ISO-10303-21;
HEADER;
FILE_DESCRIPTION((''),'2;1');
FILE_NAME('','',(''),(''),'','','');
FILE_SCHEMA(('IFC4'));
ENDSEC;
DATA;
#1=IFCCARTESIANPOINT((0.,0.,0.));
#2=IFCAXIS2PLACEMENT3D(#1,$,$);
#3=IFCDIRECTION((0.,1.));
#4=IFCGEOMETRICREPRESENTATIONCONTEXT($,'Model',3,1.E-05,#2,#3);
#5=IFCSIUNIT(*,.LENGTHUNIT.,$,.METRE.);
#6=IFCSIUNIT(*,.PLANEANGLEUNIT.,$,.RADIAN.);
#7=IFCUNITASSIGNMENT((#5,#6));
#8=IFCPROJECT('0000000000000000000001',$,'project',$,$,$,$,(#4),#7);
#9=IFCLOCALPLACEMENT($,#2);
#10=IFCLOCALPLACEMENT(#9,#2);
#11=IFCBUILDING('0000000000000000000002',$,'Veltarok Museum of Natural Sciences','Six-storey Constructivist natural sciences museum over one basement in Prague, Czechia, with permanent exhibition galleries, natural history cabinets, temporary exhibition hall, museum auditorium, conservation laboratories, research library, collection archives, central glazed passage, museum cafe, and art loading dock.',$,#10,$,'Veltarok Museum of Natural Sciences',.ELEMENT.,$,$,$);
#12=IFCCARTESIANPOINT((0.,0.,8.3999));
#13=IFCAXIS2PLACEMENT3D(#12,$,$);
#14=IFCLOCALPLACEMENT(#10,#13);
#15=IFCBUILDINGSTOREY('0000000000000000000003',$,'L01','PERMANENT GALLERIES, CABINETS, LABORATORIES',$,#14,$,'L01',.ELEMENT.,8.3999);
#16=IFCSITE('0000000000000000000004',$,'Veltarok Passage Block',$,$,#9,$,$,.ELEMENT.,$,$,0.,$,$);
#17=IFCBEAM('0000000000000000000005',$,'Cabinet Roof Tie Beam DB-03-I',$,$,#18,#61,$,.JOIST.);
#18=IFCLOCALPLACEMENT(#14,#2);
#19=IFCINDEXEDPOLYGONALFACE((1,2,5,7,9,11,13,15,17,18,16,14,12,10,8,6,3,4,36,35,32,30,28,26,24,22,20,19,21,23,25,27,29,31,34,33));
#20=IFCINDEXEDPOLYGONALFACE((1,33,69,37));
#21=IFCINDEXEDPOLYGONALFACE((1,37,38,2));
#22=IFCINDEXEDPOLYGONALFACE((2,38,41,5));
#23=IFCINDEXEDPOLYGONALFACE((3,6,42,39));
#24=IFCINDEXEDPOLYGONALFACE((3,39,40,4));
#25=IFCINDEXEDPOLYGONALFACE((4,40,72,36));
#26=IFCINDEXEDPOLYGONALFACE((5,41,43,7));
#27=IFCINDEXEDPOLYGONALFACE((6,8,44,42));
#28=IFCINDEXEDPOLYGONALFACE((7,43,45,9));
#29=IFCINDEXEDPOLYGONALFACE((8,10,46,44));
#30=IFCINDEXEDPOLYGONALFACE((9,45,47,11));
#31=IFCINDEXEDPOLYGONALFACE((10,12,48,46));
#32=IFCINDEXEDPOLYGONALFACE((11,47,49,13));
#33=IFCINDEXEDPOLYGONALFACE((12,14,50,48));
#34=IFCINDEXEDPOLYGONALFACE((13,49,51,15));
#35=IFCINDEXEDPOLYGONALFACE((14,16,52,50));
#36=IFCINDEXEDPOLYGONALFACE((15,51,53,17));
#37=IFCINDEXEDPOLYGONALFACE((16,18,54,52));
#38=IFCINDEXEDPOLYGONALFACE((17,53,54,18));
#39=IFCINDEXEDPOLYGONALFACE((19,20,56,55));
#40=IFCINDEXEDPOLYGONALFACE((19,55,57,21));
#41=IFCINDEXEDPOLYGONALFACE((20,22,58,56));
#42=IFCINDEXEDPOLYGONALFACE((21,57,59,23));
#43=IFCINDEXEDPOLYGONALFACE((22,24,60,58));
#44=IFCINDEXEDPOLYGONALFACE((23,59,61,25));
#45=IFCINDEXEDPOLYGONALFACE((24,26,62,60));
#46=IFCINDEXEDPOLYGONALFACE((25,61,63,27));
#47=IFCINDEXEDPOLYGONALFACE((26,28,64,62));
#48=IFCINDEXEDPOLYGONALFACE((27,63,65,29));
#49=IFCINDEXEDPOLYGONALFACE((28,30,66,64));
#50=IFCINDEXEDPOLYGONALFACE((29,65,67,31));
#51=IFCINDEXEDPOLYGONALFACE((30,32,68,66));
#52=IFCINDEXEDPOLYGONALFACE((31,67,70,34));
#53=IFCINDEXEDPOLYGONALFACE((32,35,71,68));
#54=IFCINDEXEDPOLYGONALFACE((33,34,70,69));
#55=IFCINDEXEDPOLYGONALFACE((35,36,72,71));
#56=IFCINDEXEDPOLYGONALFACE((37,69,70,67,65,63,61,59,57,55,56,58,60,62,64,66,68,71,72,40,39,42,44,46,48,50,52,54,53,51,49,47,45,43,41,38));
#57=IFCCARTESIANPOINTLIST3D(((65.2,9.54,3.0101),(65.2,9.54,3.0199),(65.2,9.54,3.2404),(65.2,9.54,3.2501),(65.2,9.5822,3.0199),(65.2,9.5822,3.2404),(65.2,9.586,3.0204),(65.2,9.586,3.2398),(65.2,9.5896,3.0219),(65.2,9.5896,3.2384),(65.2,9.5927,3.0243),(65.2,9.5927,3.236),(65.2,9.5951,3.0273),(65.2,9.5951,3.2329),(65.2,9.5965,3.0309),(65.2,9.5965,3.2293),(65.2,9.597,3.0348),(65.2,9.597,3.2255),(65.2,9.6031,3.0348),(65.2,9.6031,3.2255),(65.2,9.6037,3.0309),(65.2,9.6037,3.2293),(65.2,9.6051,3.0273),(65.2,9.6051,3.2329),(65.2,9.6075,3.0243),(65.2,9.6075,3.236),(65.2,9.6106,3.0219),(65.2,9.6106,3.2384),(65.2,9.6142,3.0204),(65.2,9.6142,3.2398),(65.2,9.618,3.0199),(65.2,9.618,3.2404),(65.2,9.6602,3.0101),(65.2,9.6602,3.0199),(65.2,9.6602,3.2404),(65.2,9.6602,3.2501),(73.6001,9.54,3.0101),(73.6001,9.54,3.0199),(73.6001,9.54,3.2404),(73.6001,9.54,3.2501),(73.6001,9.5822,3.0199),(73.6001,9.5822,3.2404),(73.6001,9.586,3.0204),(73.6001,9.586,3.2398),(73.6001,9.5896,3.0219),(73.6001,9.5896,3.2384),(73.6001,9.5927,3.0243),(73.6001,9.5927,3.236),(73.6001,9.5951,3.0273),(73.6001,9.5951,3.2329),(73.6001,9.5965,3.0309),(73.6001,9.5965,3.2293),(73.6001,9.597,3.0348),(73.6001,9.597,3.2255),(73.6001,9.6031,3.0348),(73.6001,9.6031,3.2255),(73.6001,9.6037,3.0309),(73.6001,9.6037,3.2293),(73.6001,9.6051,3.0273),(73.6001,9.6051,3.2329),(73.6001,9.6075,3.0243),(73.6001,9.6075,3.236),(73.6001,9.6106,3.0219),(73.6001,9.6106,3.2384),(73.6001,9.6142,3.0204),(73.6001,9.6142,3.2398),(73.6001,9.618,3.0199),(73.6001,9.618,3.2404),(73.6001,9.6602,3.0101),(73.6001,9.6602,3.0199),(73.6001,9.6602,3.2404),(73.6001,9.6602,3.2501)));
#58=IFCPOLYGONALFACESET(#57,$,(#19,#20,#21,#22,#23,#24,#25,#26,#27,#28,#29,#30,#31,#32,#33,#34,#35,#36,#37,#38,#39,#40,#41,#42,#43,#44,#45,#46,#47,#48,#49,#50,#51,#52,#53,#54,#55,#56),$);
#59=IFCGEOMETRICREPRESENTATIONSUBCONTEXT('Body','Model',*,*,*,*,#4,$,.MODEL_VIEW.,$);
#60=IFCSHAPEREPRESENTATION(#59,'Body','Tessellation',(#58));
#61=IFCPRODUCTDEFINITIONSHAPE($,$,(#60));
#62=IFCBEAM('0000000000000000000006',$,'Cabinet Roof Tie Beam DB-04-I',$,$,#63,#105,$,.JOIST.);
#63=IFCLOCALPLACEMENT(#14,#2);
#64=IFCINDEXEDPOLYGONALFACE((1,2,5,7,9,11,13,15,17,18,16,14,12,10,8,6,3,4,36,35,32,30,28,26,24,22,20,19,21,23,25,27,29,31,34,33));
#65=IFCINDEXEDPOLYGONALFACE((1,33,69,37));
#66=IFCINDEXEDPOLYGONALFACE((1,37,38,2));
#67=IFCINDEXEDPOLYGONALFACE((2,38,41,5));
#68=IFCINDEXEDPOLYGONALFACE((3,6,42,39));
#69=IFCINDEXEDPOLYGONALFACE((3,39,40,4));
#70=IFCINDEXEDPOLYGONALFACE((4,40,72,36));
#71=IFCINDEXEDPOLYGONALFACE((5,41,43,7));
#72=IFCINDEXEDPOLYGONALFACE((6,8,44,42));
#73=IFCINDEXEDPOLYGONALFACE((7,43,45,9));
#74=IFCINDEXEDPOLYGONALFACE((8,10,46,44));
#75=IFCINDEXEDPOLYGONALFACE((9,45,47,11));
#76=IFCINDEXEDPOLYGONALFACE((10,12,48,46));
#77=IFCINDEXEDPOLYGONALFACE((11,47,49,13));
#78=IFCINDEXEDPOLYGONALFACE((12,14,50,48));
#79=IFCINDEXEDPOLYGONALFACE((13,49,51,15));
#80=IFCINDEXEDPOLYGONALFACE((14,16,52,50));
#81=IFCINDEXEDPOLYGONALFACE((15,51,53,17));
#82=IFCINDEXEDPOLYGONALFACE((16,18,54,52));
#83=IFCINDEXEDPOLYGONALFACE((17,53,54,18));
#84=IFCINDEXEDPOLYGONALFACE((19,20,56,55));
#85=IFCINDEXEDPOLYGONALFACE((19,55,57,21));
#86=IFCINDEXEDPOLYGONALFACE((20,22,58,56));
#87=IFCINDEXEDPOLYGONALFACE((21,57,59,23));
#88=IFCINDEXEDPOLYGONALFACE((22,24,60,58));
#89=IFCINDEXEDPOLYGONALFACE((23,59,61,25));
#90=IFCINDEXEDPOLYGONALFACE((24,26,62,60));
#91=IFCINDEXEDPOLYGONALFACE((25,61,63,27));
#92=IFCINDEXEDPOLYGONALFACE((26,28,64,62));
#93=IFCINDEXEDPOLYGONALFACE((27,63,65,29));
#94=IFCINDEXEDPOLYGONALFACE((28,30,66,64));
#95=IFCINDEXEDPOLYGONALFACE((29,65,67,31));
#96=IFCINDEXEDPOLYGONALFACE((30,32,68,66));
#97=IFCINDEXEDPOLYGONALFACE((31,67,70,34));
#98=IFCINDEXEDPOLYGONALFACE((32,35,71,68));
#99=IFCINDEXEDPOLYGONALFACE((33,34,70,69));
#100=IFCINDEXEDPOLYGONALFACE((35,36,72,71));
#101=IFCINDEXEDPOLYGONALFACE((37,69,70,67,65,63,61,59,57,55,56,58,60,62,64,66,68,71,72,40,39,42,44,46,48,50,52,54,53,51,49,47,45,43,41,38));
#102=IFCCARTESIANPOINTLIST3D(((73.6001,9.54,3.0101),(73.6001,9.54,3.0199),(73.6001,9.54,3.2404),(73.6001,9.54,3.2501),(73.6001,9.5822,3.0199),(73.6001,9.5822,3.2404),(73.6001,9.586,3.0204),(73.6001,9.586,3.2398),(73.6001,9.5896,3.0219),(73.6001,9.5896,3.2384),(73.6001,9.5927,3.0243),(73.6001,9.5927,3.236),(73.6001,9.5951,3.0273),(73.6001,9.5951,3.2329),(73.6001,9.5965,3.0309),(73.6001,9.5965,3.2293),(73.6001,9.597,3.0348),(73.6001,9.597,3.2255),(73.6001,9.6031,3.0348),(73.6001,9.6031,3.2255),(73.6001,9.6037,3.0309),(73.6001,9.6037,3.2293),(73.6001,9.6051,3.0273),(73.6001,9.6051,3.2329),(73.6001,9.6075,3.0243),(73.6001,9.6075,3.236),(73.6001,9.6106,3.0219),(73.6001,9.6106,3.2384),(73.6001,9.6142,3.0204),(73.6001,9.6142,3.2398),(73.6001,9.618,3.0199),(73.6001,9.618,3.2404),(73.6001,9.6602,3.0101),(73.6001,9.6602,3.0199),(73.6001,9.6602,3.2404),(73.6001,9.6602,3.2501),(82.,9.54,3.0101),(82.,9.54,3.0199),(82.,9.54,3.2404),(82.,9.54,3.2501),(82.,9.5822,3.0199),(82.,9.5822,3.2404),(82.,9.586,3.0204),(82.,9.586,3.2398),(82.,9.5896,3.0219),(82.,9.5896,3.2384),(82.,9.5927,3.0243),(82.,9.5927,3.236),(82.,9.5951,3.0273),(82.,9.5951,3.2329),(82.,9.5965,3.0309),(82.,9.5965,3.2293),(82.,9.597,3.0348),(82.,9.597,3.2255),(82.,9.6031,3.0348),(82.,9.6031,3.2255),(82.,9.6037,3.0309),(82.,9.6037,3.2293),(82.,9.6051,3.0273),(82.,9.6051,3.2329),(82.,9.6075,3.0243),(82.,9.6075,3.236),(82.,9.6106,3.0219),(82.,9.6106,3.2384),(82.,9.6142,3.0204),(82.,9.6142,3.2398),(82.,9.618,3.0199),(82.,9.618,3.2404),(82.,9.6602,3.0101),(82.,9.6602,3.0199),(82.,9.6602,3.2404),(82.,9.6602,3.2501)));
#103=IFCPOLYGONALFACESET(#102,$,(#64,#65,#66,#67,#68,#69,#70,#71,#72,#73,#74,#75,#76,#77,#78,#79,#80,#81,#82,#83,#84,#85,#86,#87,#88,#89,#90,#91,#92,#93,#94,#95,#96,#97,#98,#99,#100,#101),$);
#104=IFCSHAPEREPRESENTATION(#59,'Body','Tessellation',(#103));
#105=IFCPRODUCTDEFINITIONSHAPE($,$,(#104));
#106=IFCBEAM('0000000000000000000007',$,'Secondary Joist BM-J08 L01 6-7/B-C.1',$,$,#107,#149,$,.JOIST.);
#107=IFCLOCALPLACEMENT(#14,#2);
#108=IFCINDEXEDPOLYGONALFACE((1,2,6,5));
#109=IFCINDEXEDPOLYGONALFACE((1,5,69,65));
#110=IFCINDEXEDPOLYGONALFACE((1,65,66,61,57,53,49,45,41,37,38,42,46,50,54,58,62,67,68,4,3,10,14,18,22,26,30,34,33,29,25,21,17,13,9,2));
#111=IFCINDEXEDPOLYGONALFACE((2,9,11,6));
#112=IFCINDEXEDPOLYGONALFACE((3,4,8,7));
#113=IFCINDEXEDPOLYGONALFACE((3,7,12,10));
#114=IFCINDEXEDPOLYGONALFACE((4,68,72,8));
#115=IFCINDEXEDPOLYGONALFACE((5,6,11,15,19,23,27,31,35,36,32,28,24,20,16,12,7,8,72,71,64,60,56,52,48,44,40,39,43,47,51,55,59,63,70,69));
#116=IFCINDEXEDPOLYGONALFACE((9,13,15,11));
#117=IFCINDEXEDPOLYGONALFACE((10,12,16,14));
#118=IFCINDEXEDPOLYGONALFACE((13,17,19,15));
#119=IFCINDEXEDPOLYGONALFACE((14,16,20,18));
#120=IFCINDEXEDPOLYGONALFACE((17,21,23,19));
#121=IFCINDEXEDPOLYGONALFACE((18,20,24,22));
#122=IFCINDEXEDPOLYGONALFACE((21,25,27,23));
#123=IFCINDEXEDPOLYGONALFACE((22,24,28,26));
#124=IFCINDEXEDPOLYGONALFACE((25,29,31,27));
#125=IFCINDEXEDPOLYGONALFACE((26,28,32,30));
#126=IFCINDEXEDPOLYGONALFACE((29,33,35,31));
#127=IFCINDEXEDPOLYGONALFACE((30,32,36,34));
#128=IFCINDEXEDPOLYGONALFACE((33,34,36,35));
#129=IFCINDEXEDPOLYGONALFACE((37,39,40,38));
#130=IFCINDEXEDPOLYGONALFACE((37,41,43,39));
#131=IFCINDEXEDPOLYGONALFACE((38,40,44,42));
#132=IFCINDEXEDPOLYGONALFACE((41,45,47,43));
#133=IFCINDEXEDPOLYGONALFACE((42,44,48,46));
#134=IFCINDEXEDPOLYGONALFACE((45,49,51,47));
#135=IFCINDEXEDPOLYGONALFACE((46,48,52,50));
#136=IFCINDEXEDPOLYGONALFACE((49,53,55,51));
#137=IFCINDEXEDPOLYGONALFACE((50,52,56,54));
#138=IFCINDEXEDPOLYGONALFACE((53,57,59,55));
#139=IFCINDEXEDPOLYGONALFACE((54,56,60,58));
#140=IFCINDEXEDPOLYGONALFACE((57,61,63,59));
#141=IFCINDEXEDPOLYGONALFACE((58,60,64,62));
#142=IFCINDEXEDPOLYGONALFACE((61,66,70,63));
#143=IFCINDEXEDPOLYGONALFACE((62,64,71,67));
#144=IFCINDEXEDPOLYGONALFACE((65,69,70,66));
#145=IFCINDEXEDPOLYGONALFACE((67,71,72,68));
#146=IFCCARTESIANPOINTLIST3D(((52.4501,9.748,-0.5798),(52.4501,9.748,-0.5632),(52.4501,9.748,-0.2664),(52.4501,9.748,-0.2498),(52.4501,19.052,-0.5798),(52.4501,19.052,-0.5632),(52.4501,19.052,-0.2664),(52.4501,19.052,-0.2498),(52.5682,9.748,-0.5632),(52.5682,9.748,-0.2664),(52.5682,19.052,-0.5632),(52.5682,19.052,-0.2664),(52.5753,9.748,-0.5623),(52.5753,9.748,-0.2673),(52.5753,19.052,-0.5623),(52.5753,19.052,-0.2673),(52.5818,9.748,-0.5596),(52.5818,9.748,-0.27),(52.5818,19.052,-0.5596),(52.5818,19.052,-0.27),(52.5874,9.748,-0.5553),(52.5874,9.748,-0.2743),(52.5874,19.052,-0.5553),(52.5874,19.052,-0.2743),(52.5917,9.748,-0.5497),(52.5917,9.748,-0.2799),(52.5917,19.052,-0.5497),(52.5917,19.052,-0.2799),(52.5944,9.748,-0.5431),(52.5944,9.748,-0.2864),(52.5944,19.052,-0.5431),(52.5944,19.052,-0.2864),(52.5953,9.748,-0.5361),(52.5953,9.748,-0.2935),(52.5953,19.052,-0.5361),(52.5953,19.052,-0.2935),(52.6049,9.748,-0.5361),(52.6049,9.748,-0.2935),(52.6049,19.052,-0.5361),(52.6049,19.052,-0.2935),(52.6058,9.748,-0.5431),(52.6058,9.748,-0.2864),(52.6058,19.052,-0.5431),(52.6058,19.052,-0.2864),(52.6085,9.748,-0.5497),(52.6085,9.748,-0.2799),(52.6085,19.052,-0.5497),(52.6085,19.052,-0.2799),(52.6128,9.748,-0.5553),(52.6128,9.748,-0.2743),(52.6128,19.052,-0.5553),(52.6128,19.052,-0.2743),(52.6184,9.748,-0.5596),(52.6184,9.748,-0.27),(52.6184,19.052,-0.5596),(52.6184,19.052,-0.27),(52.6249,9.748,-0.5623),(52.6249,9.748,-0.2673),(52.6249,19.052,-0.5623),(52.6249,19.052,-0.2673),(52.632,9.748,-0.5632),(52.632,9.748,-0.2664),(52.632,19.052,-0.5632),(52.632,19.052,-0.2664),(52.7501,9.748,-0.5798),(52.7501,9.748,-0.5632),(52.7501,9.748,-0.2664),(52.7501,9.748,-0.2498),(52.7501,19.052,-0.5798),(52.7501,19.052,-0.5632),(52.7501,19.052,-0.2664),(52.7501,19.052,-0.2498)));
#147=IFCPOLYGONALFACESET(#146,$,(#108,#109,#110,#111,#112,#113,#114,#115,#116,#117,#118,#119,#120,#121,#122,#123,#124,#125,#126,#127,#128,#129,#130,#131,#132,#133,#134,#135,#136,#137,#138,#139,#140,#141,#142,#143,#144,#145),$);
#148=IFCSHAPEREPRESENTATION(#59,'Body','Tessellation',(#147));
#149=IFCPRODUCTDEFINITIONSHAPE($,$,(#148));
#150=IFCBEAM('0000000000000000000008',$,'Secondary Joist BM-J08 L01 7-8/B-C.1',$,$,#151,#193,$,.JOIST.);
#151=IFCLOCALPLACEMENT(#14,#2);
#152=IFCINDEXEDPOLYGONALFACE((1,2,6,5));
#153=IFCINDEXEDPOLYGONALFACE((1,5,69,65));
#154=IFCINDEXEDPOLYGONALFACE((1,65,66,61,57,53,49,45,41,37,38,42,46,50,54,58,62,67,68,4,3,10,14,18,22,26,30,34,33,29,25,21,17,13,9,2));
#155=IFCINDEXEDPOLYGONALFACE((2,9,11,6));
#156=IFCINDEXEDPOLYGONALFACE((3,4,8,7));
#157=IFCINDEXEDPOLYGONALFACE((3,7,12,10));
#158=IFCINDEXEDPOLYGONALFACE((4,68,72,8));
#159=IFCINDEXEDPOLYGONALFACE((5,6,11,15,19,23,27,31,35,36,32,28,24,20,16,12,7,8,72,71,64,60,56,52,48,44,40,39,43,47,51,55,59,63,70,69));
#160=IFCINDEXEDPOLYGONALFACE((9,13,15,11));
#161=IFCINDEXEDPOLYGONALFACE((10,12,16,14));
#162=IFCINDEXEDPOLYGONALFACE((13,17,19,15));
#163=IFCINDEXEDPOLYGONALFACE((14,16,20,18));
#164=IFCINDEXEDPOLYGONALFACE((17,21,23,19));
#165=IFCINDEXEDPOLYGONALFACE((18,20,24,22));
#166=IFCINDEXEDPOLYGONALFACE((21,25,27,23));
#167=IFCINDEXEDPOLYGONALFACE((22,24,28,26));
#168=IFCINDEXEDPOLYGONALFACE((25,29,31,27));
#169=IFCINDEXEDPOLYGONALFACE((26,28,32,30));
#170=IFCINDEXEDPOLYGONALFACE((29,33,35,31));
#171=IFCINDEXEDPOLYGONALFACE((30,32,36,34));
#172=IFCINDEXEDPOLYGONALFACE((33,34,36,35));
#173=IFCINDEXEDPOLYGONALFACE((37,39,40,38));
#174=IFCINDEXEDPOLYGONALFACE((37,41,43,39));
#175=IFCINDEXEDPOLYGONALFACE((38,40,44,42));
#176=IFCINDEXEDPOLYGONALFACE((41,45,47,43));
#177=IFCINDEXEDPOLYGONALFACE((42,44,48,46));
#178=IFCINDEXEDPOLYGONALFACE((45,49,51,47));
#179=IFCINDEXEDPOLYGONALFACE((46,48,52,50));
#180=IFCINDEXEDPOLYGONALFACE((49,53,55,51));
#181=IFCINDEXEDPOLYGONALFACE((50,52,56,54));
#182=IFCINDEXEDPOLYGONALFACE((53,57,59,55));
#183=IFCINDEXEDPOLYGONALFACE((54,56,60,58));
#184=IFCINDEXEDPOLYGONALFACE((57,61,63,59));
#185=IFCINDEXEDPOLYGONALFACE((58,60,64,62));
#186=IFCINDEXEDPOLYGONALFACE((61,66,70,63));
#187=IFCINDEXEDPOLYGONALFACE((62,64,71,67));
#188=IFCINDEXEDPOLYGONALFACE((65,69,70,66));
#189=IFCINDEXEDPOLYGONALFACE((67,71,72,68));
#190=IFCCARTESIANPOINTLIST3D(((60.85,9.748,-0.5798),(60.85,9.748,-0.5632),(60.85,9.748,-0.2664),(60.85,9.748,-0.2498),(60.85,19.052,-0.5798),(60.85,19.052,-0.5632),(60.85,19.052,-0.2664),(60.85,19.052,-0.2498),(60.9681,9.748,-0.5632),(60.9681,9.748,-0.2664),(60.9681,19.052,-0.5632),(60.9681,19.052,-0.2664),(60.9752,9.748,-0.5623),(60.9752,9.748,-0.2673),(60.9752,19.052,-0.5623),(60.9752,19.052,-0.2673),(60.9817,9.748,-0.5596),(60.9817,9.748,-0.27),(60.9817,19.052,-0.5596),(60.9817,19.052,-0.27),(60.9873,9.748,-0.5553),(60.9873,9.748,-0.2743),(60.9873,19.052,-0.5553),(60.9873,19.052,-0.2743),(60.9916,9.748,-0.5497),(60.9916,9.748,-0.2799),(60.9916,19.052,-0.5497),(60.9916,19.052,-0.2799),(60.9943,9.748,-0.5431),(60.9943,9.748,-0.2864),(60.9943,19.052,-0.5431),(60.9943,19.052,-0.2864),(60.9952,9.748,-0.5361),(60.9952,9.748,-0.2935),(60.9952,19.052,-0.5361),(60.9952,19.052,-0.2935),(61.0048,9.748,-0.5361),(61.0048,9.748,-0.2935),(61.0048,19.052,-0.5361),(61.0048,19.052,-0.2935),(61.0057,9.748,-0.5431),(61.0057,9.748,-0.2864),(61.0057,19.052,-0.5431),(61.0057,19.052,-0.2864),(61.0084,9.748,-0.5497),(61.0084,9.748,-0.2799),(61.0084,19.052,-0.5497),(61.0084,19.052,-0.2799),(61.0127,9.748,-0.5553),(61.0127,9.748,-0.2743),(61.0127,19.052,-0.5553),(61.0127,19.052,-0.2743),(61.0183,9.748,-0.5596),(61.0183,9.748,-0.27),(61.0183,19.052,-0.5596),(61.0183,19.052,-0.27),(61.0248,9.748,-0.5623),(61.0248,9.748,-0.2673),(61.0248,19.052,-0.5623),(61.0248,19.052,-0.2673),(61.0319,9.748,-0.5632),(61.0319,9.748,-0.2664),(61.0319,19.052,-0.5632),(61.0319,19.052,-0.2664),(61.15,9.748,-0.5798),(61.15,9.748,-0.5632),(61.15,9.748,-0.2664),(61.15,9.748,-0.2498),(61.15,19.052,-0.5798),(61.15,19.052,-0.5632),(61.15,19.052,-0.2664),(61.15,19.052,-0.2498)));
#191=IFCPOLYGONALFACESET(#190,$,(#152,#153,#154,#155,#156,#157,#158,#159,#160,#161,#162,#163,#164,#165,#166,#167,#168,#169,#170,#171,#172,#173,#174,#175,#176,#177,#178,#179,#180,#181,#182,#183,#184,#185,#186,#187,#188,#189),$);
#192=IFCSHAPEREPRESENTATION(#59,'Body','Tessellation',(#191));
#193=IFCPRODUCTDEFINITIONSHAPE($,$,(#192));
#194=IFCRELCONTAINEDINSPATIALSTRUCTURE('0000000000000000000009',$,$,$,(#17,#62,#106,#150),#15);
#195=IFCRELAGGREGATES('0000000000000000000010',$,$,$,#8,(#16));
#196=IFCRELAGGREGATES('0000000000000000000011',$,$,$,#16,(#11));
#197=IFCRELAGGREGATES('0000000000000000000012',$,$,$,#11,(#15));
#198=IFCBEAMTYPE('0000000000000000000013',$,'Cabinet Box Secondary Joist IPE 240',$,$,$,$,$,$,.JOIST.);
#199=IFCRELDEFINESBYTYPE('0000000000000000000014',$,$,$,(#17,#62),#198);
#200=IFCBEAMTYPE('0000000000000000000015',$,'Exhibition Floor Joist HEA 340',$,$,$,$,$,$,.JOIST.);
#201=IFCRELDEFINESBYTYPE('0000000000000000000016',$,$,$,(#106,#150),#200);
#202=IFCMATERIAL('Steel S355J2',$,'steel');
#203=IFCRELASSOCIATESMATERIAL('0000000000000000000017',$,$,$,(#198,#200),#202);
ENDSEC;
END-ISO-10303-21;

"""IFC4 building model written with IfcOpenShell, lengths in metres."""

from ifc_helpers import new_model, si_unit, direction, frame, origin, origin_2d, place, context, subcontext, project, spatial, i_section, extrude, material, material_profile, profile_set, type_object, element, save


model = new_model("IFC4")

# Units and contexts
model_context = context("Model", 3, precision=1e-05, world=origin(), true_north=direction((0.0, 1.0)))
body_context = subcontext(model_context, "Body", "Model", "MODEL_VIEW")
ifc_project = project(units=[si_unit("LENGTHUNIT", "METRE"), si_unit("PLANEANGLEUNIT", "RADIAN")], contexts=[model_context])

# Site, building, storey
site_placement = place(None, origin())
site = spatial("IfcSite", under=ifc_project, at=site_placement, Name="Veltarok Passage Block", CompositionType="ELEMENT", RefElevation=0.0)
building_placement = place(site_placement, origin())
building = spatial("IfcBuilding", under=site, at=building_placement, Name="Veltarok Museum of Natural Sciences", Description="Six-storey Constructivist natural sciences museum over one basement in Prague, Czechia, with permanent exhibition galleries, natural history cabinets, temporary exhibition hall, museum auditorium, conservation laboratories, research library, collection archives, central glazed passage, museum cafe, and art loading dock.", LongName="Veltarok Museum of Natural Sciences", CompositionType="ELEMENT")
storey_placement = place(building_placement, frame((0.0, 0.0, 8.3999)))
storey = spatial("IfcBuildingStorey", under=building, at=storey_placement, Name="L01", Description="PERMANENT GALLERIES, CABINETS, LABORATORIES", LongName="L01", CompositionType="ELEMENT", Elevation=8.3999)

# Shared definitions
ifc_material_1 = material(Name="Steel S355J2", Category="steel")

# Beams
ifc_material_profile_1 = material_profile(ifc_material_1, i_section(OverallWidth=0.1201, OverallDepth=0.24, WebThickness=0.0061, FlangeThickness=0.0098, FilletRadius=0.0149, at=origin_2d()), Name="IPE 240")
ifc_profile_set_1 = profile_set([ifc_material_profile_1], Name="Steel S355J2")
beam_type_1 = type_object("IfcBeamType", Name="Cabinet Box Secondary Joist IPE 240", PredefinedType="JOIST", material=ifc_profile_set_1)
beam_1_placement = place(storey_placement, frame((65.2, 9.6001, 3.1301), z_axis=(1.0, 0.0, 0.0), x_axis=(0.0, 1.0, 0.0)))
element("IfcBeam", 1, at=beam_1_placement, inside=storey, type_object=beam_type_1, Name="Cabinet Roof Tie Beam DB-03-I", PredefinedType="JOIST", context=body_context, shape_type="SweptSolid", body=[
    extrude(i_section(OverallWidth=0.1201, OverallDepth=0.24, WebThickness=0.0061, FlangeThickness=0.0098, FilletRadius=0.0149, at=origin_2d()), origin(), (0.0, 0.0, 1.0), 8.4001),
])
beam_2_placement = place(storey_placement, frame((73.6001, 9.6001, 3.1301), z_axis=(1.0, 0.0, 0.0), x_axis=(0.0, 1.0, 0.0)))
element("IfcBeam", 2, at=beam_2_placement, inside=storey, type_object=beam_type_1, Name="Cabinet Roof Tie Beam DB-04-I", PredefinedType="JOIST", context=body_context, shape_type="SweptSolid", body=[
    extrude(i_section(OverallWidth=0.1201, OverallDepth=0.24, WebThickness=0.0061, FlangeThickness=0.0098, FilletRadius=0.0149, at=origin_2d()), origin(), (0.0, 0.0, 1.0), 8.3999),
])
ifc_material_profile_2 = material_profile(ifc_material_1, i_section(OverallWidth=0.3, OverallDepth=0.3301, WebThickness=0.0095, FlangeThickness=0.0166, FilletRadius=0.0271, at=origin_2d()), Name="HEA 340")
ifc_profile_set_2 = profile_set([ifc_material_profile_2], Name="Steel S355J2")
beam_type_2 = type_object("IfcBeamType", Name="Exhibition Floor Joist HEA 340", PredefinedType="JOIST", material=ifc_profile_set_2)
for number, where, z_axis, x_axis, name in (
    (3, (52.6001, 9.748, -0.4148), (0.0, 1.0, 0.0), (-1.0, 0.0, 0.0), "Secondary Joist BM-J08 L01 6-7/B-C.1"),
    (4, (61.0, 9.748, -0.4148), (0.0, 1.0, 0.0), (-1.0, 0.0, 0.0), "Secondary Joist BM-J08 L01 7-8/B-C.1"),
):
    element("IfcBeam", number, at=place(storey_placement, frame(where, z_axis=z_axis, x_axis=x_axis)), inside=storey, type_object=beam_type_2, Name=name, PredefinedType="JOIST", context=body_context, shape_type="SweptSolid", body=[
        extrude(i_section(OverallWidth=0.3, OverallDepth=0.3301, WebThickness=0.0095, FlangeThickness=0.0166, FilletRadius=0.0271, at=origin_2d()), origin(), (0.0, 0.0, 1.0), 9.304),
    ])

save(model, "model.ifc")
